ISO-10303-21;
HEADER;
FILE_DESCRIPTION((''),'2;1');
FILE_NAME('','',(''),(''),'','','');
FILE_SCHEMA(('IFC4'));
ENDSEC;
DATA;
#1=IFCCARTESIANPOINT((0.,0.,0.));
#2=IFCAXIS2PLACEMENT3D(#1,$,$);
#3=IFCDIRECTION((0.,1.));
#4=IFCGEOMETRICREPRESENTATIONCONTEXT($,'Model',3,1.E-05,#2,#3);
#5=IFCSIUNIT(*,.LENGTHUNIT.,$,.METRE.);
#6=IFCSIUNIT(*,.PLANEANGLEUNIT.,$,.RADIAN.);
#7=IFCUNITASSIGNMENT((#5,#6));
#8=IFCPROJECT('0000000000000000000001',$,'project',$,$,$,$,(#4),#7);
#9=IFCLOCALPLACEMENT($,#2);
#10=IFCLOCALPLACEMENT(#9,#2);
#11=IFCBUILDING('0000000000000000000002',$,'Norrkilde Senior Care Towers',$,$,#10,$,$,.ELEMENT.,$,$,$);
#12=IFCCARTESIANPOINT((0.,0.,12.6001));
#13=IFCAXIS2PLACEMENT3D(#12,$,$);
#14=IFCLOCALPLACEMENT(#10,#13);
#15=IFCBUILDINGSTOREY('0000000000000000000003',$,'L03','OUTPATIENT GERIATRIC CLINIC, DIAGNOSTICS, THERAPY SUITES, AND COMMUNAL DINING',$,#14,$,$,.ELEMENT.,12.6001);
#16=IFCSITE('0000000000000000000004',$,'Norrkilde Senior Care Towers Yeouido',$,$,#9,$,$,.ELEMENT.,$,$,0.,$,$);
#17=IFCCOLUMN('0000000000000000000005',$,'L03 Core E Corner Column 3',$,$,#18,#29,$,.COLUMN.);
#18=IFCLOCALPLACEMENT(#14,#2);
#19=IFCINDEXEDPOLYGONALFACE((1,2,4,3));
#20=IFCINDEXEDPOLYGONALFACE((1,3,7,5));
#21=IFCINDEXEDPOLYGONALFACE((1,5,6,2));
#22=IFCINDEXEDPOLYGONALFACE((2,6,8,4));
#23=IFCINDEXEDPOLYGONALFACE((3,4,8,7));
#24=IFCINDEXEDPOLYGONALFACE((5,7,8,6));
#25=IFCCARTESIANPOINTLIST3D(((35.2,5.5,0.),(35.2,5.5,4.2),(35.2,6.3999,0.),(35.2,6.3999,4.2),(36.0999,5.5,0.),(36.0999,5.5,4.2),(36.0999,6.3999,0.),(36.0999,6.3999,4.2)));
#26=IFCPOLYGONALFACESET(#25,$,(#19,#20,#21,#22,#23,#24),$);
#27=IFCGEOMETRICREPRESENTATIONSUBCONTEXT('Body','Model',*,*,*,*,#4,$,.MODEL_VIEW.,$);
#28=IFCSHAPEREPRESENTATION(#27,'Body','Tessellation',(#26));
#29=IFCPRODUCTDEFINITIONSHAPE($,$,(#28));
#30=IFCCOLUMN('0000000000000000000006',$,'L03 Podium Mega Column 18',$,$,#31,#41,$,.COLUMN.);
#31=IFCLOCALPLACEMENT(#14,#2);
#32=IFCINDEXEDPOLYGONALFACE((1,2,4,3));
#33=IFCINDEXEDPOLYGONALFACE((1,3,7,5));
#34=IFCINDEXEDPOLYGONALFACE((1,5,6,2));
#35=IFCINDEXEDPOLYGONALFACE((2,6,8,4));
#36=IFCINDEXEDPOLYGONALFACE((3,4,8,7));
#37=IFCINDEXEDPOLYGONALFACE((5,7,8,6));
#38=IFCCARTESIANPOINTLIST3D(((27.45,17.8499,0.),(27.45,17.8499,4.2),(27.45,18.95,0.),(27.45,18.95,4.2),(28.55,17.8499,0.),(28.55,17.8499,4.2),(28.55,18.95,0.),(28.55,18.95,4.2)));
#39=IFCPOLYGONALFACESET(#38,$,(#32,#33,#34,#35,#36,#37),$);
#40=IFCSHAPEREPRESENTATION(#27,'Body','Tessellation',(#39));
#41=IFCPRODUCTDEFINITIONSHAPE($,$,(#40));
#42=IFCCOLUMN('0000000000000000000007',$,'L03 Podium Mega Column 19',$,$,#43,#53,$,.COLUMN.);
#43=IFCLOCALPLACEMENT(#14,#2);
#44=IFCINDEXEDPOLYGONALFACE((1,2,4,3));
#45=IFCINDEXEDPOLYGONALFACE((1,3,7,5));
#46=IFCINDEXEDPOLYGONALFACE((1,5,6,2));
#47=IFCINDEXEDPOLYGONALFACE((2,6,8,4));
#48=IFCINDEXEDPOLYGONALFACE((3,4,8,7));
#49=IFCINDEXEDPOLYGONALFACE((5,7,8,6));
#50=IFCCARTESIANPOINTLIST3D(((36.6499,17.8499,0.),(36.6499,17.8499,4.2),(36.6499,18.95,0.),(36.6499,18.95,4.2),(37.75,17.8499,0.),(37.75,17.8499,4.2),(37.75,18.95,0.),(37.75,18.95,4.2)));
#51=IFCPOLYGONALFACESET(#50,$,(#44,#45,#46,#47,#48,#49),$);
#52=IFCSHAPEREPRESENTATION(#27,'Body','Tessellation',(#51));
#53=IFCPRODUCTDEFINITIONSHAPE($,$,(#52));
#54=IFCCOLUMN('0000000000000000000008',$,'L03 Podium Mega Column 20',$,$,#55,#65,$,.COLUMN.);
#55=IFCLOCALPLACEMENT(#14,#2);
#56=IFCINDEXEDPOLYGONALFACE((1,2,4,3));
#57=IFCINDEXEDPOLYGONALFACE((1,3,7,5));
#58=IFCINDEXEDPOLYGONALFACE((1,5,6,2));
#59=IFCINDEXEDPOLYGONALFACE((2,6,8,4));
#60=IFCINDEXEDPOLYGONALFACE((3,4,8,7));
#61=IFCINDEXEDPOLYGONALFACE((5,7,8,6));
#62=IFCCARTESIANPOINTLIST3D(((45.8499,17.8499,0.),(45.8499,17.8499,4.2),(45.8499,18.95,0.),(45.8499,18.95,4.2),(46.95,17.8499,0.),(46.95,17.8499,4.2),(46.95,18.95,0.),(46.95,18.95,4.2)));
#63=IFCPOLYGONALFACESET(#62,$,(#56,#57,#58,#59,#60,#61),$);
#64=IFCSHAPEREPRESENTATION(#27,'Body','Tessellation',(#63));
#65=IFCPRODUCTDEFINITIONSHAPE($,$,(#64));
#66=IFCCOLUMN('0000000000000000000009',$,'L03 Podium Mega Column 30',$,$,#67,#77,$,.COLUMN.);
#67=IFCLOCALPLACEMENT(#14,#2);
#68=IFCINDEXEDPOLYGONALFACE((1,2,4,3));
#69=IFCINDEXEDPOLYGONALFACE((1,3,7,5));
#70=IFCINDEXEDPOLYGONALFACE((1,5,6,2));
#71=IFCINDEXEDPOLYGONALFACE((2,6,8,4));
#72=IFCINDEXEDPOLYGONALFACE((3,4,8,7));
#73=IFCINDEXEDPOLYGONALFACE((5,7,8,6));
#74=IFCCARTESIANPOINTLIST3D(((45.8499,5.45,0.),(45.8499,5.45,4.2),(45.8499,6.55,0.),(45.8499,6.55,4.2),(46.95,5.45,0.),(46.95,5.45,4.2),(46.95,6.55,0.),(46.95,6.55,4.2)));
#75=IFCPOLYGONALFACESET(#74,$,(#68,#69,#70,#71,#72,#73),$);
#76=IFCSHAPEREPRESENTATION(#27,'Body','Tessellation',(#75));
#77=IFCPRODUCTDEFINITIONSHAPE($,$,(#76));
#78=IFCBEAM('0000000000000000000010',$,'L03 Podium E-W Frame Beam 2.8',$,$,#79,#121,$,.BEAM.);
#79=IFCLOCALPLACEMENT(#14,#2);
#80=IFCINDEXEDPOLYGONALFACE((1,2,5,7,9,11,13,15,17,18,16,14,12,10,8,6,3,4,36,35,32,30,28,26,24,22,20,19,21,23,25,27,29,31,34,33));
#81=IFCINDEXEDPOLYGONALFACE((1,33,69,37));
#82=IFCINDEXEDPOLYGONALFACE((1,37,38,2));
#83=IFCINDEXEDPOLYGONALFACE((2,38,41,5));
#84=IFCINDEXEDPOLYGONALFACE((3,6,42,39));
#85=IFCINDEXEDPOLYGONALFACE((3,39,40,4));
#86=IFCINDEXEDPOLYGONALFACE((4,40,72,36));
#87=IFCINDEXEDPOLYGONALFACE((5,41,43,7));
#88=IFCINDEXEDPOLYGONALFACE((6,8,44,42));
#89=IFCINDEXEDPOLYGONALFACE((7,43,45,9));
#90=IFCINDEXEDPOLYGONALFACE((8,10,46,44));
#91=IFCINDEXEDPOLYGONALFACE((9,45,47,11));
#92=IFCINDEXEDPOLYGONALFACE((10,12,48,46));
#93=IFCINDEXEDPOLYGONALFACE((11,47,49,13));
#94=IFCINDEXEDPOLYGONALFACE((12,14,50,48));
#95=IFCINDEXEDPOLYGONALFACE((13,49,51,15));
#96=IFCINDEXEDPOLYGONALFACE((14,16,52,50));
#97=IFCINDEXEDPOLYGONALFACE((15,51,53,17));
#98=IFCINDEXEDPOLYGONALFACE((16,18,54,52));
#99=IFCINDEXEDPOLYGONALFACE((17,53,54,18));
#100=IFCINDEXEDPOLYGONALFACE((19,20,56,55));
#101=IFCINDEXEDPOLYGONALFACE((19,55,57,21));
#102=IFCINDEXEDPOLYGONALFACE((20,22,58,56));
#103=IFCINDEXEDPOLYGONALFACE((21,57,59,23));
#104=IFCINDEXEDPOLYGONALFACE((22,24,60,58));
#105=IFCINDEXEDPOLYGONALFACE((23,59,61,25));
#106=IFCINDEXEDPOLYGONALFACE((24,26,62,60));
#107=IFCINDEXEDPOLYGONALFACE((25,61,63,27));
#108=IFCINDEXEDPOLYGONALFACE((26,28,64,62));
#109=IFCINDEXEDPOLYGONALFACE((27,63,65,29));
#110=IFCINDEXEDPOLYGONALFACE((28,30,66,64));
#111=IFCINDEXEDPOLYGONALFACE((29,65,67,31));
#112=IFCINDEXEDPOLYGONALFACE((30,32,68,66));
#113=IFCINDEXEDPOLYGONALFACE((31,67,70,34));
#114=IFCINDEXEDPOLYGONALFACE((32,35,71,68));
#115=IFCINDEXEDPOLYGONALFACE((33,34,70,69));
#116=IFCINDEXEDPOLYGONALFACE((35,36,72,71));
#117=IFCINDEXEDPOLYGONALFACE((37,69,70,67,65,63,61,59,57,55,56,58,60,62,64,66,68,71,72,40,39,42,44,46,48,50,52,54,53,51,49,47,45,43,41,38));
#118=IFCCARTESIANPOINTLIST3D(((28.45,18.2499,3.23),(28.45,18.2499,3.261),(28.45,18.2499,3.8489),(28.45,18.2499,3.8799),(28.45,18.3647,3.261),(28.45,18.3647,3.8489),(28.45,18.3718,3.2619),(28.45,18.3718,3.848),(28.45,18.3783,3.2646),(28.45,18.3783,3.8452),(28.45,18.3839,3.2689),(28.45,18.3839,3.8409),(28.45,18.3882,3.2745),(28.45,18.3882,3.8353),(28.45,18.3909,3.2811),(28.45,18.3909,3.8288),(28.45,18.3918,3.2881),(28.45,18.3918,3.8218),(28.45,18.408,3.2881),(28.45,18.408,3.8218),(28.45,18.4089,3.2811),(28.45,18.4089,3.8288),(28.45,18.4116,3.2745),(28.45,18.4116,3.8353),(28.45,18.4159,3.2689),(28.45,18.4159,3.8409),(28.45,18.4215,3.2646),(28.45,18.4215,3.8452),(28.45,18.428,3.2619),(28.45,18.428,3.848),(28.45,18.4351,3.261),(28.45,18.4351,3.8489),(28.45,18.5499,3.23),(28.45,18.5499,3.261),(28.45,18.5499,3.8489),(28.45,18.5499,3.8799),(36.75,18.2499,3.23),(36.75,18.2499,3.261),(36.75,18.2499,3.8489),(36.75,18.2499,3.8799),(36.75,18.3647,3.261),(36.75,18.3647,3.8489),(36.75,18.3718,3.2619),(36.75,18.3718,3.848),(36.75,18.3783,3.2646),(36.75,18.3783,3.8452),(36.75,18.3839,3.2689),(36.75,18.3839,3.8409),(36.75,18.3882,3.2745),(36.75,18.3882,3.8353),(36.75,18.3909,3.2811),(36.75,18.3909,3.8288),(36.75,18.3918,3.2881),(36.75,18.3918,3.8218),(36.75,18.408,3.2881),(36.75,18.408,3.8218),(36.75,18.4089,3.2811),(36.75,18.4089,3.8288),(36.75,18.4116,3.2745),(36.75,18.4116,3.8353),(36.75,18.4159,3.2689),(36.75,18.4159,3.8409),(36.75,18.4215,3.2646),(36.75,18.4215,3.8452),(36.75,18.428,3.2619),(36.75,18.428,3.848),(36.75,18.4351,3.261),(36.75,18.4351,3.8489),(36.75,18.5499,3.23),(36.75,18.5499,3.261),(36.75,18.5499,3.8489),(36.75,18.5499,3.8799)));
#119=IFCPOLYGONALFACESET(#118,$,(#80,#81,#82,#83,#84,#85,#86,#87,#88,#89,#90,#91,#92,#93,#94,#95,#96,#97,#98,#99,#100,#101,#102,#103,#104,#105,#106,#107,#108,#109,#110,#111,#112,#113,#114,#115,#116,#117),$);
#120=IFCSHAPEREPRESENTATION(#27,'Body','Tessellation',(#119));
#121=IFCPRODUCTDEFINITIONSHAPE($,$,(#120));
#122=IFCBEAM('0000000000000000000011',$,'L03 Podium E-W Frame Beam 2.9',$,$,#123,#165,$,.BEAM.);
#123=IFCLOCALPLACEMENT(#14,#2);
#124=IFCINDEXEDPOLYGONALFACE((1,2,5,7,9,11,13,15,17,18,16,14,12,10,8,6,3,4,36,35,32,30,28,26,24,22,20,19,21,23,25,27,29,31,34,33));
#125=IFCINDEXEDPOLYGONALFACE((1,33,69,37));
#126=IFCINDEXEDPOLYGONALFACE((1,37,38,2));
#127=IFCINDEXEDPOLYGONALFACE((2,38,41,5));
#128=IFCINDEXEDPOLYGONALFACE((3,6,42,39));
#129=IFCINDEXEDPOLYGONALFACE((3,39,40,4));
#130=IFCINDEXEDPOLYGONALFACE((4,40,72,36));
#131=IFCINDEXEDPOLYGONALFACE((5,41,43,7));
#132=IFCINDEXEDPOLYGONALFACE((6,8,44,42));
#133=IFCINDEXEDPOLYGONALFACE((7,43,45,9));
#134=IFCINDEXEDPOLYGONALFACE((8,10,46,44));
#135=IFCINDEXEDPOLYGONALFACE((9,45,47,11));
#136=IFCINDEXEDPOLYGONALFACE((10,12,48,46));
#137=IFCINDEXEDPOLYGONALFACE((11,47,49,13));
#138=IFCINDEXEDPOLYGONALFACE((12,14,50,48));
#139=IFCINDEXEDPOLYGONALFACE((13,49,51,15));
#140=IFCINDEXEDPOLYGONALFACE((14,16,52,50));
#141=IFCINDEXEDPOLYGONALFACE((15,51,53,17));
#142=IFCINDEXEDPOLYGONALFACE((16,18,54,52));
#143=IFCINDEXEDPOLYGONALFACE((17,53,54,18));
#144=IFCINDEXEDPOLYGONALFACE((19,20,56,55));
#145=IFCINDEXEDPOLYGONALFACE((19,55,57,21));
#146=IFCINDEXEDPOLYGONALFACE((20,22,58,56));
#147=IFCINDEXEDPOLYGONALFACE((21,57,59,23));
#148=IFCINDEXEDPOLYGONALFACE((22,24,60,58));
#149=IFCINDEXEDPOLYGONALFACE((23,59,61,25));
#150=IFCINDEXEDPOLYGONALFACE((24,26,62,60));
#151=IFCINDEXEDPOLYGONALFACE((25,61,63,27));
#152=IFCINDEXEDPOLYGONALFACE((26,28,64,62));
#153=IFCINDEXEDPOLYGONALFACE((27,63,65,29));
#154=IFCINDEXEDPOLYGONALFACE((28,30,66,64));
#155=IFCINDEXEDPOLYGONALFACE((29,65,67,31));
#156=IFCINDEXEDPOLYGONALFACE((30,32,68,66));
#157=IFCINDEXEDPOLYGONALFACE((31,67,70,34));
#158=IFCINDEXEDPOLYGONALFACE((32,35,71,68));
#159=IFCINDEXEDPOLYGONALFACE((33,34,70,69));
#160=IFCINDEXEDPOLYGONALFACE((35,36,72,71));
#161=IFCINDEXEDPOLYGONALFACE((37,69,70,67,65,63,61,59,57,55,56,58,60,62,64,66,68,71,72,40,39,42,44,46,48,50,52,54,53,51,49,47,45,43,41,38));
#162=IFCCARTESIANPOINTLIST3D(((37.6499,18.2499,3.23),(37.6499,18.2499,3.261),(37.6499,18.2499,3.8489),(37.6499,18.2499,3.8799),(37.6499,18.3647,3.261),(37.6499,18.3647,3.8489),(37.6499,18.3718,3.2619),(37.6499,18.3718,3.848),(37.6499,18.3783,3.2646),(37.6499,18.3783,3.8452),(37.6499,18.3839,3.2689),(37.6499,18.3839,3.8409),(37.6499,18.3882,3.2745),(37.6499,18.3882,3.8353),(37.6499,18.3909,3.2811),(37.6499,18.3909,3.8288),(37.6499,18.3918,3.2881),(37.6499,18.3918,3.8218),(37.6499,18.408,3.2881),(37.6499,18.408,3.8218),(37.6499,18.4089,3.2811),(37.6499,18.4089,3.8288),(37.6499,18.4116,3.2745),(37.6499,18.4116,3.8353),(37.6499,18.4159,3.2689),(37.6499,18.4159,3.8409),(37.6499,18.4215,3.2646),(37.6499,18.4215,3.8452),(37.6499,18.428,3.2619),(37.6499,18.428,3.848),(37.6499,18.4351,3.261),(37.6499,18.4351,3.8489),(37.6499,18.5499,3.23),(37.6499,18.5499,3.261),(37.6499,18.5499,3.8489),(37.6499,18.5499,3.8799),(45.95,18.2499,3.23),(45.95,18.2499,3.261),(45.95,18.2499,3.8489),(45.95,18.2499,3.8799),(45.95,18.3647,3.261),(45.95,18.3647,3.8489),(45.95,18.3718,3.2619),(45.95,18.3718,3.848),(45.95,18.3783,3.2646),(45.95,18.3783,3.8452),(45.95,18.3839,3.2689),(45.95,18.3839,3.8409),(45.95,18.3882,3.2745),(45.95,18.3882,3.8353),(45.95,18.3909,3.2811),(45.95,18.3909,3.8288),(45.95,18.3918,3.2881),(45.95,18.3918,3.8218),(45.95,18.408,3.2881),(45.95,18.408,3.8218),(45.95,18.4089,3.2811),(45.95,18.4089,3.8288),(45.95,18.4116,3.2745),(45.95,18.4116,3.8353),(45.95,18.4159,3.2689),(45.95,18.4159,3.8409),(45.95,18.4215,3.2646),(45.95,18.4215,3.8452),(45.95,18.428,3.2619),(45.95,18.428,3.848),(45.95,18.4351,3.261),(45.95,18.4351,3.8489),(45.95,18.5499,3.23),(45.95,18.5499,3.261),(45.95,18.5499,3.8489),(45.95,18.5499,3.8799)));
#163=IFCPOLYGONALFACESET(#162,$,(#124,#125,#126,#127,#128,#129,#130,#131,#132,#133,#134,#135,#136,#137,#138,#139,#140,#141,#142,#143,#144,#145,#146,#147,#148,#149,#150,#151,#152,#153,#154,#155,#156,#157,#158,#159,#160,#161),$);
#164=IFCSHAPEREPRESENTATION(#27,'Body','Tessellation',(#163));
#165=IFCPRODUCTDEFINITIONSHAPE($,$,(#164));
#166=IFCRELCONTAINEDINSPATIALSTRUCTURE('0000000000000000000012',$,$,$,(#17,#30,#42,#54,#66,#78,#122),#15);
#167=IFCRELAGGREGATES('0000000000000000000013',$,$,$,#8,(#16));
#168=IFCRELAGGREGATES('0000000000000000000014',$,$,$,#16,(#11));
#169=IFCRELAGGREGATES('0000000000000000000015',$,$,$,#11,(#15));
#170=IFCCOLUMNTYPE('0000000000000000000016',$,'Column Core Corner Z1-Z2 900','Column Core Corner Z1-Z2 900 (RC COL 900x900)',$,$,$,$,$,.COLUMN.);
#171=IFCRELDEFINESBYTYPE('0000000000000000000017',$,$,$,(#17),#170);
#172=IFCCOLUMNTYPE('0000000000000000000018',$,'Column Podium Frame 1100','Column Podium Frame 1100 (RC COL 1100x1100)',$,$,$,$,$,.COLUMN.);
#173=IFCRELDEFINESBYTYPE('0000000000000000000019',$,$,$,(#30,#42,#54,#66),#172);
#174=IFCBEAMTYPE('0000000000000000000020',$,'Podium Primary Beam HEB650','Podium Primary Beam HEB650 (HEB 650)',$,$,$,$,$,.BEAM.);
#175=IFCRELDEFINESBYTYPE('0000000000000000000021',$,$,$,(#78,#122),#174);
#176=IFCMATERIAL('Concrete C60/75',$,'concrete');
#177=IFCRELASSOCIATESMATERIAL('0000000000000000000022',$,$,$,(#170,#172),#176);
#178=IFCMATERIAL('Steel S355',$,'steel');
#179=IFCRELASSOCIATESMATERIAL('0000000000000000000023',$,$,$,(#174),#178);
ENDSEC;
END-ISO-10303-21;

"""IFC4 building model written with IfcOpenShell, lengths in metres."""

from ifc_helpers import new_model, si_unit, direction, frame, origin, origin_2d, place, context, subcontext, project, spatial, rectangle, i_section, extrude, source, transform, mapped, material, material_profile, profile_set, type_object, type_shapes, element, save


model = new_model("IFC4")

# Units and contexts
model_context = context("Model", 3, precision=1e-05, world=origin(), true_north=direction((0.0, 1.0)))
body_context = subcontext(model_context, "Body", "Model", "MODEL_VIEW")
ifc_project = project(units=[si_unit("LENGTHUNIT", "METRE"), si_unit("PLANEANGLEUNIT", "RADIAN")], contexts=[model_context])

# Site, building, storey
site_placement = place(None, origin())
site = spatial("IfcSite", under=ifc_project, at=site_placement, Name="Norrkilde Senior Care Towers Yeouido", CompositionType="ELEMENT", RefElevation=0.0)
building_placement = place(site_placement, origin())
building = spatial("IfcBuilding", under=site, at=building_placement, Name="Norrkilde Senior Care Towers", CompositionType="ELEMENT")
storey_placement = place(building_placement, frame((0.0, 0.0, 12.6001)))
storey = spatial("IfcBuildingStorey", under=building, at=storey_placement, Name="L03", Description="OUTPATIENT GERIATRIC CLINIC, DIAGNOSTICS, THERAPY SUITES, AND COMMUNAL DINING", CompositionType="ELEMENT", Elevation=12.6001)

# Columns
ifc_material_1 = material(Name="Concrete C60/75", Category="concrete")
ifc_material_profile_1 = material_profile(ifc_material_1, rectangle(XDim=0.8999, YDim=0.8999, at=origin_2d()), Name="RC COL 900x900")
ifc_profile_set_1 = profile_set([ifc_material_profile_1], Name="Concrete C60/75")
column_type_1 = type_object("IfcColumnType", Name="Column Core Corner Z1-Z2 900", Description="Column Core Corner Z1-Z2 900 (RC COL 900x900)", PredefinedType="COLUMN", material=ifc_profile_set_1)
shared_shape_1 = source(origin(), body_context, "Body", "SweptSolid", [
    extrude(rectangle(XDim=0.8999, YDim=0.8999, at=origin_2d()), origin(), (0.0, 0.0, 1.0), 4.2),
])
type_shapes(column_type_1, [shared_shape_1])
column_placement = place(storey_placement, frame((35.6499, 5.95, 0.0), z_axis=(0.0, 0.0, 1.0), x_axis=(1.0, 0.0, 0.0)))
element("IfcColumn", 1, at=column_placement, inside=storey, type_object=column_type_1, Name="L03 Core E Corner Column 3", PredefinedType="COLUMN", context=body_context, shape_type="MappedRepresentation", body=[
    mapped(shared_shape_1, transform((0.0, 0.0, 0.0), x_axis=(1.0, 0.0, 0.0), y_axis=(0.0, 1.0, 0.0), z_axis=(0.0, 0.0, 1.0), scale=1.0)),
])
ifc_material_profile_2 = material_profile(ifc_material_1, rectangle(XDim=1.1001, YDim=1.1001, at=origin_2d()), Name="RC COL 1100x1100")
ifc_profile_set_2 = profile_set([ifc_material_profile_2], Name="Concrete C60/75")
column_type_2 = type_object("IfcColumnType", Name="Column Podium Frame 1100", Description="Column Podium Frame 1100 (RC COL 1100x1100)", PredefinedType="COLUMN", material=ifc_profile_set_2)
shared_shape_2 = source(origin(), body_context, "Body", "SweptSolid", [
    extrude(rectangle(XDim=1.1001, YDim=1.1001, at=origin_2d()), origin(), (0.0, 0.0, 1.0), 4.2),
])
type_shapes(column_type_2, [shared_shape_2])
for number, where, z_axis, x_axis, name in (
    (2, (28.0, 18.3999, 0.0), (0.0, 0.0, 1.0), (1.0, 0.0, 0.0), "L03 Podium Mega Column 18"),
    (3, (37.2, 18.3999, 0.0), (0.0, 0.0, 1.0), (1.0, 0.0, 0.0), "L03 Podium Mega Column 19"),
    (4, (46.3999, 18.3999, 0.0), (0.0, 0.0, 1.0), (1.0, 0.0, 0.0), "L03 Podium Mega Column 20"),
    (5, (46.3999, 6.0, 0.0), (0.0, 0.0, 1.0), (1.0, 0.0, 0.0), "L03 Podium Mega Column 30"),
):
    element("IfcColumn", number, at=place(storey_placement, frame(where, z_axis=z_axis, x_axis=x_axis)), inside=storey, type_object=column_type_2, Name=name, PredefinedType="COLUMN", context=body_context, shape_type="MappedRepresentation", body=[
        mapped(shared_shape_2, transform((0.0, 0.0, 0.0), x_axis=(1.0, 0.0, 0.0), y_axis=(0.0, 1.0, 0.0), z_axis=(0.0, 0.0, 1.0), scale=1.0)),
    ])

# Beams
ifc_material_2 = material(Name="Steel S355", Category="steel")
ifc_material_profile_3 = material_profile(ifc_material_2, i_section(OverallWidth=0.3, OverallDepth=0.6499, WebThickness=0.0161, FlangeThickness=0.031, FilletRadius=0.0271, at=origin_2d()), Name="HEB 650")
ifc_profile_set_3 = profile_set([ifc_material_profile_3], Name="Steel S355")
beam_type = type_object("IfcBeamType", Name="Podium Primary Beam HEB650", Description="Podium Primary Beam HEB650 (HEB 650)", PredefinedType="BEAM", material=ifc_profile_set_3)
shared_shape_3 = source(origin(), body_context, "Body", "SweptSolid", [
    extrude(i_section(OverallWidth=0.3, OverallDepth=0.6499, WebThickness=0.0161, FlangeThickness=0.031, FilletRadius=0.0271, at=origin_2d()), origin(), (0.0, 0.0, 1.0), 8.3),
])
for number, where, z_axis, x_axis, name in (
    (6, (28.45, 18.3999, 3.5549), (1.0, 0.0, 0.0), (0.0, 1.0, 0.0), "L03 Podium E-W Frame Beam 2.8"),
    (7, (37.6499, 18.3999, 3.5549), (1.0, 0.0, 0.0), (0.0, 1.0, 0.0), "L03 Podium E-W Frame Beam 2.9"),
):
    element("IfcBeam", number, at=place(storey_placement, frame(where, z_axis=z_axis, x_axis=x_axis)), inside=storey, type_object=beam_type, Name=name, PredefinedType="BEAM", context=body_context, shape_type="MappedRepresentation", body=[
        mapped(shared_shape_3, transform((0.0, 0.0, 0.0), x_axis=(1.0, 0.0, 0.0), y_axis=(0.0, 1.0, 0.0), z_axis=(0.0, 0.0, 1.0), scale=1.0)),
    ])

save(model, "model.ifc")
